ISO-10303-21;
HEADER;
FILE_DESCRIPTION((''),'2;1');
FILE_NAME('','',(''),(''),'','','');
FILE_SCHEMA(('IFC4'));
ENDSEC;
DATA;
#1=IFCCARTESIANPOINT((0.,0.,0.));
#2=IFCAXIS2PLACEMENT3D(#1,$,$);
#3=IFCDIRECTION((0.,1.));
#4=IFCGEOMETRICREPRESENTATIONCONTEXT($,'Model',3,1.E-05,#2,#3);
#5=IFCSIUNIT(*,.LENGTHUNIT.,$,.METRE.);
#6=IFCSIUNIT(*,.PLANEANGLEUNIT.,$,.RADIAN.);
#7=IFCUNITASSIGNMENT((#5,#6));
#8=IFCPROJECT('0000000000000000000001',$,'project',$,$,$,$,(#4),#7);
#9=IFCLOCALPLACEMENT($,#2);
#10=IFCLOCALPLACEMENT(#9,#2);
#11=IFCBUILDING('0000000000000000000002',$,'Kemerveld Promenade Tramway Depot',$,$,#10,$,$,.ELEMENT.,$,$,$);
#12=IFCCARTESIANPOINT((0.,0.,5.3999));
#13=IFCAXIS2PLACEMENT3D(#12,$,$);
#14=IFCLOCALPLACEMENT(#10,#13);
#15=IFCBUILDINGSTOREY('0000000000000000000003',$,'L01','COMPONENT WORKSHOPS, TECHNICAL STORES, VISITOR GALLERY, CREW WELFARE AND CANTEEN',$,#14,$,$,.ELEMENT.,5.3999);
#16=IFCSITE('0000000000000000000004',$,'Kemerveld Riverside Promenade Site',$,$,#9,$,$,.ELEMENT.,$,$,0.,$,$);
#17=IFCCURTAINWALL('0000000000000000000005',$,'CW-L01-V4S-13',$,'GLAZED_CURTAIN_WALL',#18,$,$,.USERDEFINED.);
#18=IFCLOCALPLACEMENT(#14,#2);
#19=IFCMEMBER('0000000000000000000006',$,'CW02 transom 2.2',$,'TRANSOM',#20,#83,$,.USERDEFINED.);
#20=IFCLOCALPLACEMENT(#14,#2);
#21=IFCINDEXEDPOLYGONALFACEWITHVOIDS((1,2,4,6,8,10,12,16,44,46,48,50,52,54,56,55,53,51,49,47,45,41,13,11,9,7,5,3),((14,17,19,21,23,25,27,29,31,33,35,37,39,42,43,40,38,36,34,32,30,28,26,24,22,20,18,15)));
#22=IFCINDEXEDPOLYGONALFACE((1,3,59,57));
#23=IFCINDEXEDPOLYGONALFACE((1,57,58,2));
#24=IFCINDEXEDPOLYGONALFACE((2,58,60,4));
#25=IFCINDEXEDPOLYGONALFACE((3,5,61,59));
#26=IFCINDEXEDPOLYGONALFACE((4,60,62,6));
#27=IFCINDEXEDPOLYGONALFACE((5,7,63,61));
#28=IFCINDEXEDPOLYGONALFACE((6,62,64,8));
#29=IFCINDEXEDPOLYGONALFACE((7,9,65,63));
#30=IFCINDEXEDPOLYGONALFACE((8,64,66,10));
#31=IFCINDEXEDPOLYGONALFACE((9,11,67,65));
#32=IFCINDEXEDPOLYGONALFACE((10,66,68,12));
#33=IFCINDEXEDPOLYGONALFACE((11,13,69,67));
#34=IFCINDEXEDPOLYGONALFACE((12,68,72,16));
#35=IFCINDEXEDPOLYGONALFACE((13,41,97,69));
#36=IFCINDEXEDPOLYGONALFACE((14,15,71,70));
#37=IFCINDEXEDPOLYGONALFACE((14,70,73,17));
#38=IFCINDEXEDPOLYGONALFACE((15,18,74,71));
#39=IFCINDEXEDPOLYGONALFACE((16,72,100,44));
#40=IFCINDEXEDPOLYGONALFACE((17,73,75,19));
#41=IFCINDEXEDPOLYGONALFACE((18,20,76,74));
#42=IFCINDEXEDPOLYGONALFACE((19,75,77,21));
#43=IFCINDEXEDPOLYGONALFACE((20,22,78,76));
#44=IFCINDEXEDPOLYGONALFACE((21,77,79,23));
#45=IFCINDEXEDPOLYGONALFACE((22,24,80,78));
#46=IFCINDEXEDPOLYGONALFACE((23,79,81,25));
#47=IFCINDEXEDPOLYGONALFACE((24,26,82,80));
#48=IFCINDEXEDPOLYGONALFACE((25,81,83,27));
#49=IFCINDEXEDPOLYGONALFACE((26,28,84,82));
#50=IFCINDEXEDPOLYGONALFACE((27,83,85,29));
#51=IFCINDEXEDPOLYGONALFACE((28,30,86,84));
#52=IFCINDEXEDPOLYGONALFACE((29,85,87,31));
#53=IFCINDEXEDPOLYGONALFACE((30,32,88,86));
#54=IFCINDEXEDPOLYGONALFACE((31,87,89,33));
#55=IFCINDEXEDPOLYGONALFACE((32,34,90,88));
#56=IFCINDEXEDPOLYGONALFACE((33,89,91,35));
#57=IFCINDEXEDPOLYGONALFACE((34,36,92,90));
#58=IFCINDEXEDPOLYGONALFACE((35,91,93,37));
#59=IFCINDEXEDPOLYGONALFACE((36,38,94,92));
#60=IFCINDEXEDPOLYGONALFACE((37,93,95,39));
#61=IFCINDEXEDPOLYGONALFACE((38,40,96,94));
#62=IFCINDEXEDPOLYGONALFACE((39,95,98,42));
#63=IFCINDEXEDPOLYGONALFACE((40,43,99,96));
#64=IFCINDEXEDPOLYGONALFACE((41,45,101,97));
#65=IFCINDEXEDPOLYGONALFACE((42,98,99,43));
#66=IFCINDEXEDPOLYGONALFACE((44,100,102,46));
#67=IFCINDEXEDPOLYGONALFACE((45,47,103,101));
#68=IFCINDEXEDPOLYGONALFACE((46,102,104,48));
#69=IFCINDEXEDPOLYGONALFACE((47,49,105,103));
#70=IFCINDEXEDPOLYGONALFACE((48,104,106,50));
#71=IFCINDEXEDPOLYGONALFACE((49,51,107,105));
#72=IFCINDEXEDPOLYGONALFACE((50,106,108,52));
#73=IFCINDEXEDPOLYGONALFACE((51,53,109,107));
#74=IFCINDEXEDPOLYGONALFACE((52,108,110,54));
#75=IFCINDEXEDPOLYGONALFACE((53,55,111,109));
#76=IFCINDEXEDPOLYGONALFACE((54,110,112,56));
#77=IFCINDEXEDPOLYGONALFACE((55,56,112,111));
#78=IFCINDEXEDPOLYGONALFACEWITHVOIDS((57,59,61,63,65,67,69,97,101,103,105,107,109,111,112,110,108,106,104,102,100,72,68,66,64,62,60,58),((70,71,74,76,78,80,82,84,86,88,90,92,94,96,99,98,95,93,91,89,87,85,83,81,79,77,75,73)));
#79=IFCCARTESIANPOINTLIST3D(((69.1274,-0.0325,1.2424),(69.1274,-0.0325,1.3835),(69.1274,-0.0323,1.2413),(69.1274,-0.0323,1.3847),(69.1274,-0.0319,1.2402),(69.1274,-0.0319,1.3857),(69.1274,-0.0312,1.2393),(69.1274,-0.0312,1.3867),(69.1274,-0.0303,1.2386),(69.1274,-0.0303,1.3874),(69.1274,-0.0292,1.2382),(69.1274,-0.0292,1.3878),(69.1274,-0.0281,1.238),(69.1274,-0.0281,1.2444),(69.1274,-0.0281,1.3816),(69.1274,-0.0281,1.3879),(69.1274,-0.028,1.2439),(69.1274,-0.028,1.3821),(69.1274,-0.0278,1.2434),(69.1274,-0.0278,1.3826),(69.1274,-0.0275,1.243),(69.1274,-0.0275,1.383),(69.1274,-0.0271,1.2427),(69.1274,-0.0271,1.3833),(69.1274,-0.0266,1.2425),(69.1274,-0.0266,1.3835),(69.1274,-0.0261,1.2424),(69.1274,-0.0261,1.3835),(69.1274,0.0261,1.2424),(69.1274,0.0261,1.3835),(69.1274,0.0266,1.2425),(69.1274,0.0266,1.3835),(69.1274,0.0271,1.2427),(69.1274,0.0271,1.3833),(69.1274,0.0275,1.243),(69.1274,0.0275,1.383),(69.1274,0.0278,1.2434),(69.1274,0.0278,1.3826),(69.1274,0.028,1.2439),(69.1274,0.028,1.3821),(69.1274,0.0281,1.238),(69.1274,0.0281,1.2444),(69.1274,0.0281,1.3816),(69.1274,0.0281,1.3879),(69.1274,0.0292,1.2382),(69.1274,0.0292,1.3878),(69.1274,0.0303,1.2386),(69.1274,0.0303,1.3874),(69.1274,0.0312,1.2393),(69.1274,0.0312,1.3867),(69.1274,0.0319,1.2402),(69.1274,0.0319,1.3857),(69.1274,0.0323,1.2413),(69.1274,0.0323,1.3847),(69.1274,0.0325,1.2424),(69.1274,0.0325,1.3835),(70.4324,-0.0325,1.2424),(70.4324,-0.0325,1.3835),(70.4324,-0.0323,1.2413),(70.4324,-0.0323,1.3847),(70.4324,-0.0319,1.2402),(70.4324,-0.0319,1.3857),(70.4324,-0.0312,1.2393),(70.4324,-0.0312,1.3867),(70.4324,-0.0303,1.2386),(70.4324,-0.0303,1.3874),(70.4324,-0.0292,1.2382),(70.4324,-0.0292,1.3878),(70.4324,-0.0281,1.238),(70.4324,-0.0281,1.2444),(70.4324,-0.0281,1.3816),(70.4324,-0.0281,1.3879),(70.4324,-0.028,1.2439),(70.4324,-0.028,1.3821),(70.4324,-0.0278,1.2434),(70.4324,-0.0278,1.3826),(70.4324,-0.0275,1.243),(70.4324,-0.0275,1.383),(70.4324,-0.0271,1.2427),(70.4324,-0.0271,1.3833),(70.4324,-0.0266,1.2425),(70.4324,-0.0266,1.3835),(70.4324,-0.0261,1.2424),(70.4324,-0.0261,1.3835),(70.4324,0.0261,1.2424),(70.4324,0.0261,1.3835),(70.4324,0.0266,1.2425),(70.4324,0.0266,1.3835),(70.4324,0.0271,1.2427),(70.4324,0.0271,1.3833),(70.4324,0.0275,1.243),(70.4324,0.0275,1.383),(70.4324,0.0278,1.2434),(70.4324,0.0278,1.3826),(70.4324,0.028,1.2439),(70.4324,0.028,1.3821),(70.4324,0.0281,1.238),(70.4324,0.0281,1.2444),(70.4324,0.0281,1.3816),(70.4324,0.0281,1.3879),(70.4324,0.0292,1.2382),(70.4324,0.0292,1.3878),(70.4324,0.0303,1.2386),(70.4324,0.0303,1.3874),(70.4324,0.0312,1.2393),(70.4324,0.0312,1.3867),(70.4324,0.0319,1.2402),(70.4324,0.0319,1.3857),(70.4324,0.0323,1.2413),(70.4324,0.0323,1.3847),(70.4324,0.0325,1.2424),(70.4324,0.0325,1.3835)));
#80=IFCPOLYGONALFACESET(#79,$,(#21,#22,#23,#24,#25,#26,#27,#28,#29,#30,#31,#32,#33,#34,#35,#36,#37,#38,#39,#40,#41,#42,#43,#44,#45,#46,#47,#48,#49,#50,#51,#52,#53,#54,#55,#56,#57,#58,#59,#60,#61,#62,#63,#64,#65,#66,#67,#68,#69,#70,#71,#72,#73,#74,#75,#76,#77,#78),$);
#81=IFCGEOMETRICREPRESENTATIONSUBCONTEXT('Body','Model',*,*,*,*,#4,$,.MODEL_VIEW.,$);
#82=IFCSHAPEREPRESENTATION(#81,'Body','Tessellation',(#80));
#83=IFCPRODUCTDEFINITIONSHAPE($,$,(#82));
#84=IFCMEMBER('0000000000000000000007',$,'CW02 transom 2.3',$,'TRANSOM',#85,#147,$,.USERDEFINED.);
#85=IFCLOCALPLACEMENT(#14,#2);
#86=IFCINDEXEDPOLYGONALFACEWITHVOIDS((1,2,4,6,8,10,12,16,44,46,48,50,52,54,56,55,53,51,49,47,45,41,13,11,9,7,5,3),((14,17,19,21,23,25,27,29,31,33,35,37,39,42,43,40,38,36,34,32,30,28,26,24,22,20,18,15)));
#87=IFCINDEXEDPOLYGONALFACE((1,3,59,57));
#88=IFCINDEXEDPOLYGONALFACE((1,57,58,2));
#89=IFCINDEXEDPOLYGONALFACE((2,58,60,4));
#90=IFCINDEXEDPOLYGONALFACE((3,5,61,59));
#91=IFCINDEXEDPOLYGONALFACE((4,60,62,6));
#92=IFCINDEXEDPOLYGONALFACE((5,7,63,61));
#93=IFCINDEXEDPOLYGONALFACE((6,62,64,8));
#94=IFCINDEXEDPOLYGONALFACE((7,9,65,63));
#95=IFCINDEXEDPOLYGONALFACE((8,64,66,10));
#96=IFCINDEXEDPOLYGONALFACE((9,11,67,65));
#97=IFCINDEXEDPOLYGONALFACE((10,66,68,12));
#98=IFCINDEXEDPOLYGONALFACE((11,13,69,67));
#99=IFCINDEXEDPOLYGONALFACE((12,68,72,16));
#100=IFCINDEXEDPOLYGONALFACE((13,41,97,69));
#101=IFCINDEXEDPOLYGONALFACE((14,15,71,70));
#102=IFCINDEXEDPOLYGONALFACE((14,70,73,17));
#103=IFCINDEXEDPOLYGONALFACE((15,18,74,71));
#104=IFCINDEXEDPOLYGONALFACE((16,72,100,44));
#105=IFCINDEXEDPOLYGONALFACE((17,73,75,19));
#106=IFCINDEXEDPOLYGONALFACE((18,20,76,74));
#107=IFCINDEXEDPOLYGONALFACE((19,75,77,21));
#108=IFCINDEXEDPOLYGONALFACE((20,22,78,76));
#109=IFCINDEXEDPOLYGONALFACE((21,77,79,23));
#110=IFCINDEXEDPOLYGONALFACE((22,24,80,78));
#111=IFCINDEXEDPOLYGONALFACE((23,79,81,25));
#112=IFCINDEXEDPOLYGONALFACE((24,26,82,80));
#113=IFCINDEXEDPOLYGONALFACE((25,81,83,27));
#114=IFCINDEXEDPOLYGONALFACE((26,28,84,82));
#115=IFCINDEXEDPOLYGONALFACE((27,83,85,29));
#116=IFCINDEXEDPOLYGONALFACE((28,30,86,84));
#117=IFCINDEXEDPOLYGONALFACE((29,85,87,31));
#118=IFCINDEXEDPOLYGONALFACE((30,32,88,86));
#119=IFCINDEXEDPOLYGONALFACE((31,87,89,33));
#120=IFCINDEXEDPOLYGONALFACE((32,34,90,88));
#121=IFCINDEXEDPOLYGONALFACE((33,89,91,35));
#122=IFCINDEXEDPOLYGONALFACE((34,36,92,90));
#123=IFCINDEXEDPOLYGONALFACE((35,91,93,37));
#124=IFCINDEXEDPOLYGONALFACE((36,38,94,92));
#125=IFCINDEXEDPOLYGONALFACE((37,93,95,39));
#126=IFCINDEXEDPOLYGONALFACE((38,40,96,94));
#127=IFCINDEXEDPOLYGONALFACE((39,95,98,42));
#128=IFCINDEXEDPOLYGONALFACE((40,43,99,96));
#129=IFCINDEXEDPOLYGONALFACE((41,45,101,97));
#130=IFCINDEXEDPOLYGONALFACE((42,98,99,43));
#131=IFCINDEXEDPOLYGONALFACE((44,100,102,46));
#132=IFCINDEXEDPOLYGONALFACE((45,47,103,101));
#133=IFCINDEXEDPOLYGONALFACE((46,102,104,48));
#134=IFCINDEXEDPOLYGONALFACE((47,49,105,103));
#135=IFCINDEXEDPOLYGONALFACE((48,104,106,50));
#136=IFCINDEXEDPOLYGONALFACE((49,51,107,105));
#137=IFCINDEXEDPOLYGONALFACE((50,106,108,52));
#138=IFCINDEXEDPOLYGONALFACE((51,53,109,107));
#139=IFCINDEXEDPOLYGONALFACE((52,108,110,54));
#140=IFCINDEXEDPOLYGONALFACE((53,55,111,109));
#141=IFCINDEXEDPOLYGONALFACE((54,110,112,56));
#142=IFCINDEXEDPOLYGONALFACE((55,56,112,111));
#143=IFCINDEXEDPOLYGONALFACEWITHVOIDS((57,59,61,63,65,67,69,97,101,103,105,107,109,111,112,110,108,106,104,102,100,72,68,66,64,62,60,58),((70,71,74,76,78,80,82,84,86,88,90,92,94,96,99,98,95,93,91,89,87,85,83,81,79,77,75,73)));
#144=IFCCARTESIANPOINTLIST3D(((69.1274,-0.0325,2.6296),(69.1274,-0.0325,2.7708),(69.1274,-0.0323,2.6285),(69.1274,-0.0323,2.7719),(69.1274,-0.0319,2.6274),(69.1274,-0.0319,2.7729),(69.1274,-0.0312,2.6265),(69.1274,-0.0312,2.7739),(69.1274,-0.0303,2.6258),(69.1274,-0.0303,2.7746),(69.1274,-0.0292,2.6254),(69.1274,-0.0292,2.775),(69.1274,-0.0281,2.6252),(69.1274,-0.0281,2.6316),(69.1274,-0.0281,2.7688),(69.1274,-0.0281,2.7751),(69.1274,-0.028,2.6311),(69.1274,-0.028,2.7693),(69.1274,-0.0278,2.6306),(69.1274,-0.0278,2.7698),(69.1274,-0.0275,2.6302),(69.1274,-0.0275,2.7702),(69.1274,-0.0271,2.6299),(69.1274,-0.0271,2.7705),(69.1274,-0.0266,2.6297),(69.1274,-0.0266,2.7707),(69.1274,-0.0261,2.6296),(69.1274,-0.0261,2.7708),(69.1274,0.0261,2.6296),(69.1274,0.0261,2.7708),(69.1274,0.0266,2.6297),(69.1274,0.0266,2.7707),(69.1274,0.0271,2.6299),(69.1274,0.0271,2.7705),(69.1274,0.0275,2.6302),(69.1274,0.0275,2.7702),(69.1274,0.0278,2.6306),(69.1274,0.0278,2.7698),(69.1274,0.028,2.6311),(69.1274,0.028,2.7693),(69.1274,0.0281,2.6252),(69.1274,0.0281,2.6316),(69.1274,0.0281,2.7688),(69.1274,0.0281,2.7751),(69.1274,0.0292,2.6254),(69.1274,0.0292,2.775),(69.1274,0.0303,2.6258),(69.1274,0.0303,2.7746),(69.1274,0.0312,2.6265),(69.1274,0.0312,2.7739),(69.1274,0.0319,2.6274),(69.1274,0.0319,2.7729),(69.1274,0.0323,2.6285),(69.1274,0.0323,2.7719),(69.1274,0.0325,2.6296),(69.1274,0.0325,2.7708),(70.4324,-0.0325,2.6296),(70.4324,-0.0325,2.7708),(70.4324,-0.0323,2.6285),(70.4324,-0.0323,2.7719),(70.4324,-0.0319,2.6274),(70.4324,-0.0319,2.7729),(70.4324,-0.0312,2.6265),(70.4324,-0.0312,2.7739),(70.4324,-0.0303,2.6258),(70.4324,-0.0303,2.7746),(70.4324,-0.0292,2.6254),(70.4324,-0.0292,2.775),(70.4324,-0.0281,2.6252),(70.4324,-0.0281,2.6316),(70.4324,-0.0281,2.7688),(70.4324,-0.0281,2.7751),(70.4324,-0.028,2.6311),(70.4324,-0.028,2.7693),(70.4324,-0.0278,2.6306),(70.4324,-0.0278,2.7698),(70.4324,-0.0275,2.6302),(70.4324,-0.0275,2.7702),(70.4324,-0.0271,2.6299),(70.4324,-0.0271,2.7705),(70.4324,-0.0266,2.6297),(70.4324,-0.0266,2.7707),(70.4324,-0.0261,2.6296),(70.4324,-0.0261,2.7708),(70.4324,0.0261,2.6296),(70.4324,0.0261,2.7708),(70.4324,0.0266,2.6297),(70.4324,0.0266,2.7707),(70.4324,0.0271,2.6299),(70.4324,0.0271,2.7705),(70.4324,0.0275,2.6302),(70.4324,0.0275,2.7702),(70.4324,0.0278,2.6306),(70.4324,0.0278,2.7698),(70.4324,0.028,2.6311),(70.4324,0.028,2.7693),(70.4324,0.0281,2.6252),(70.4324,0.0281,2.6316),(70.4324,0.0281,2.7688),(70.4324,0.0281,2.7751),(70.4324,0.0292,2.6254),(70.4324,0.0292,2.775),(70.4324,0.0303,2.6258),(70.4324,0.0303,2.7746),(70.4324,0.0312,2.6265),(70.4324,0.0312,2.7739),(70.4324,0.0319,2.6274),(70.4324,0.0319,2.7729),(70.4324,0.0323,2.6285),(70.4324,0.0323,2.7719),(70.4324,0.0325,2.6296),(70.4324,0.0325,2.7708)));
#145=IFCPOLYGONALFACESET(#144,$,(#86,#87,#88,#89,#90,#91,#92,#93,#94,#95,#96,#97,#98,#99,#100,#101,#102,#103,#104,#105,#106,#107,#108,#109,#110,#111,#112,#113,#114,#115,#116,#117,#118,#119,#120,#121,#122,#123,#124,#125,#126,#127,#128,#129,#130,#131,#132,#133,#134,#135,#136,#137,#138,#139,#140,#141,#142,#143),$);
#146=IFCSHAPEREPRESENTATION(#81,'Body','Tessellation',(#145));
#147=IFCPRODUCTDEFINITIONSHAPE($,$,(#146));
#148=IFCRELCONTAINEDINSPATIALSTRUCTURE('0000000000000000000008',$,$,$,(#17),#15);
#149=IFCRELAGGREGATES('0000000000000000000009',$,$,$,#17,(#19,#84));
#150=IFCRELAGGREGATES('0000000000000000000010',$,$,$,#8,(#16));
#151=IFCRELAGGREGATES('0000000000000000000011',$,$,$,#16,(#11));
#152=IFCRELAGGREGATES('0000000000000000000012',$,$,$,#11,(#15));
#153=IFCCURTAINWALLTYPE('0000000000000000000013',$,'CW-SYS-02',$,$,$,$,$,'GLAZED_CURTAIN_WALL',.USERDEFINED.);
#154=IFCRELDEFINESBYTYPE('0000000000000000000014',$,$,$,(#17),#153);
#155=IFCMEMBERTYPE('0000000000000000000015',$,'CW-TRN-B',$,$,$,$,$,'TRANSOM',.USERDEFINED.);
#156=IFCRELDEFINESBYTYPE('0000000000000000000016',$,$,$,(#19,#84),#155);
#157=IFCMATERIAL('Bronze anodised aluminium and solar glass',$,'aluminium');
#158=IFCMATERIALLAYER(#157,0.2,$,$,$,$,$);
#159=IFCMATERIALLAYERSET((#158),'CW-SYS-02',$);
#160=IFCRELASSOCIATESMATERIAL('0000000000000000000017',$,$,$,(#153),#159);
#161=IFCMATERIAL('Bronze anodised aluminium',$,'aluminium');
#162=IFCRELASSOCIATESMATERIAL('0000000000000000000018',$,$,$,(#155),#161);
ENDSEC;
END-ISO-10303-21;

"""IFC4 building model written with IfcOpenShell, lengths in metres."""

from ifc_helpers import new_model, si_unit, direction, frame, origin, origin_2d, place, context, subcontext, project, spatial, hollow_rectangle, extrude, material, layer, layer_set, material_profile, profile_set, type_object, element, aggregate, save


model = new_model("IFC4")

# Units and contexts
model_context = context("Model", 3, precision=1e-05, world=origin(), true_north=direction((0.0, 1.0)))
body_context = subcontext(model_context, "Body", "Model", "MODEL_VIEW")
ifc_project = project(units=[si_unit("LENGTHUNIT", "METRE"), si_unit("PLANEANGLEUNIT", "RADIAN")], contexts=[model_context])

# Site, building, storey
site_placement = place(None, origin())
site = spatial("IfcSite", under=ifc_project, at=site_placement, Name="Kemerveld Riverside Promenade Site", CompositionType="ELEMENT", RefElevation=0.0)
building_placement = place(site_placement, origin())
building = spatial("IfcBuilding", under=site, at=building_placement, Name="Kemerveld Promenade Tramway Depot", CompositionType="ELEMENT")
storey_placement = place(building_placement, frame((0.0, 0.0, 5.3999)))
storey = spatial("IfcBuildingStorey", under=building, at=storey_placement, Name="L01", Description="COMPONENT WORKSHOPS, TECHNICAL STORES, VISITOR GALLERY, CREW WELFARE AND CANTEEN", CompositionType="ELEMENT", Elevation=5.3999)

# Curtain wall, members
ifc_material_1 = material(Name="Bronze anodised aluminium and solar glass", Category="aluminium")
ifc_layer_1 = layer(ifc_material_1, 0.2)
ifc_layer_set_1 = layer_set([ifc_layer_1], Name="CW-SYS-02")
curtain_wall_type = type_object("IfcCurtainWallType", Name="CW-SYS-02", ElementType="GLAZED_CURTAIN_WALL", PredefinedType="USERDEFINED", material=ifc_layer_set_1)
curtain_wall_placement = place(storey_placement, origin())
curtain_wall = element("IfcCurtainWall", 1, at=curtain_wall_placement, inside=storey, type_object=curtain_wall_type, Name="CW-L01-V4S-13", ObjectType="GLAZED_CURTAIN_WALL", PredefinedType="USERDEFINED")
ifc_material_2 = material(Name="Bronze anodised aluminium", Category="aluminium")
ifc_material_profile_1 = material_profile(ifc_material_2, hollow_rectangle(XDim=0.0649, YDim=0.1499, WallThickness=0.0044, InnerFilletRadius=0.002, OuterFilletRadius=0.0044, at=origin_2d()), Name="CW-TRN-150x65")
ifc_profile_set_1 = profile_set([ifc_material_profile_1], Name="Bronze anodised aluminium")
member_type_1 = type_object("IfcMemberType", Name="CW-TRN-B", ElementType="TRANSOM", PredefinedType="USERDEFINED", material=ifc_profile_set_1)
member_1_placement = place(storey_placement, frame((70.4324, 0.0, 1.313), z_axis=(-1.0, 0.0, 0.0), x_axis=(0.0, -1.0, 0.0)))
member_1 = element("IfcMember", 2, at=member_1_placement, type_object=member_type_1, Name="CW02 transom 2.2", ObjectType="TRANSOM", PredefinedType="USERDEFINED", context=body_context, shape_type="SweptSolid", body=[
    extrude(hollow_rectangle(XDim=0.0649, YDim=0.1499, WallThickness=0.0044, InnerFilletRadius=0.002, OuterFilletRadius=0.0044, at=origin_2d()), origin(), (0.0, 0.0, 1.0), 1.3049),
])
member_2_placement = place(storey_placement, frame((70.4324, 0.0, 2.7002), z_axis=(-1.0, 0.0, 0.0), x_axis=(0.0, -1.0, 0.0)))
member_2 = element("IfcMember", 3, at=member_2_placement, type_object=member_type_1, Name="CW02 transom 2.3", ObjectType="TRANSOM", PredefinedType="USERDEFINED", context=body_context, shape_type="SweptSolid", body=[
    extrude(hollow_rectangle(XDim=0.0649, YDim=0.1499, WallThickness=0.0044, InnerFilletRadius=0.002, OuterFilletRadius=0.0044, at=origin_2d()), origin(), (0.0, 0.0, 1.0), 1.3049),
])
aggregate(curtain_wall, [member_1, member_2])

save(model, "model.ifc")
